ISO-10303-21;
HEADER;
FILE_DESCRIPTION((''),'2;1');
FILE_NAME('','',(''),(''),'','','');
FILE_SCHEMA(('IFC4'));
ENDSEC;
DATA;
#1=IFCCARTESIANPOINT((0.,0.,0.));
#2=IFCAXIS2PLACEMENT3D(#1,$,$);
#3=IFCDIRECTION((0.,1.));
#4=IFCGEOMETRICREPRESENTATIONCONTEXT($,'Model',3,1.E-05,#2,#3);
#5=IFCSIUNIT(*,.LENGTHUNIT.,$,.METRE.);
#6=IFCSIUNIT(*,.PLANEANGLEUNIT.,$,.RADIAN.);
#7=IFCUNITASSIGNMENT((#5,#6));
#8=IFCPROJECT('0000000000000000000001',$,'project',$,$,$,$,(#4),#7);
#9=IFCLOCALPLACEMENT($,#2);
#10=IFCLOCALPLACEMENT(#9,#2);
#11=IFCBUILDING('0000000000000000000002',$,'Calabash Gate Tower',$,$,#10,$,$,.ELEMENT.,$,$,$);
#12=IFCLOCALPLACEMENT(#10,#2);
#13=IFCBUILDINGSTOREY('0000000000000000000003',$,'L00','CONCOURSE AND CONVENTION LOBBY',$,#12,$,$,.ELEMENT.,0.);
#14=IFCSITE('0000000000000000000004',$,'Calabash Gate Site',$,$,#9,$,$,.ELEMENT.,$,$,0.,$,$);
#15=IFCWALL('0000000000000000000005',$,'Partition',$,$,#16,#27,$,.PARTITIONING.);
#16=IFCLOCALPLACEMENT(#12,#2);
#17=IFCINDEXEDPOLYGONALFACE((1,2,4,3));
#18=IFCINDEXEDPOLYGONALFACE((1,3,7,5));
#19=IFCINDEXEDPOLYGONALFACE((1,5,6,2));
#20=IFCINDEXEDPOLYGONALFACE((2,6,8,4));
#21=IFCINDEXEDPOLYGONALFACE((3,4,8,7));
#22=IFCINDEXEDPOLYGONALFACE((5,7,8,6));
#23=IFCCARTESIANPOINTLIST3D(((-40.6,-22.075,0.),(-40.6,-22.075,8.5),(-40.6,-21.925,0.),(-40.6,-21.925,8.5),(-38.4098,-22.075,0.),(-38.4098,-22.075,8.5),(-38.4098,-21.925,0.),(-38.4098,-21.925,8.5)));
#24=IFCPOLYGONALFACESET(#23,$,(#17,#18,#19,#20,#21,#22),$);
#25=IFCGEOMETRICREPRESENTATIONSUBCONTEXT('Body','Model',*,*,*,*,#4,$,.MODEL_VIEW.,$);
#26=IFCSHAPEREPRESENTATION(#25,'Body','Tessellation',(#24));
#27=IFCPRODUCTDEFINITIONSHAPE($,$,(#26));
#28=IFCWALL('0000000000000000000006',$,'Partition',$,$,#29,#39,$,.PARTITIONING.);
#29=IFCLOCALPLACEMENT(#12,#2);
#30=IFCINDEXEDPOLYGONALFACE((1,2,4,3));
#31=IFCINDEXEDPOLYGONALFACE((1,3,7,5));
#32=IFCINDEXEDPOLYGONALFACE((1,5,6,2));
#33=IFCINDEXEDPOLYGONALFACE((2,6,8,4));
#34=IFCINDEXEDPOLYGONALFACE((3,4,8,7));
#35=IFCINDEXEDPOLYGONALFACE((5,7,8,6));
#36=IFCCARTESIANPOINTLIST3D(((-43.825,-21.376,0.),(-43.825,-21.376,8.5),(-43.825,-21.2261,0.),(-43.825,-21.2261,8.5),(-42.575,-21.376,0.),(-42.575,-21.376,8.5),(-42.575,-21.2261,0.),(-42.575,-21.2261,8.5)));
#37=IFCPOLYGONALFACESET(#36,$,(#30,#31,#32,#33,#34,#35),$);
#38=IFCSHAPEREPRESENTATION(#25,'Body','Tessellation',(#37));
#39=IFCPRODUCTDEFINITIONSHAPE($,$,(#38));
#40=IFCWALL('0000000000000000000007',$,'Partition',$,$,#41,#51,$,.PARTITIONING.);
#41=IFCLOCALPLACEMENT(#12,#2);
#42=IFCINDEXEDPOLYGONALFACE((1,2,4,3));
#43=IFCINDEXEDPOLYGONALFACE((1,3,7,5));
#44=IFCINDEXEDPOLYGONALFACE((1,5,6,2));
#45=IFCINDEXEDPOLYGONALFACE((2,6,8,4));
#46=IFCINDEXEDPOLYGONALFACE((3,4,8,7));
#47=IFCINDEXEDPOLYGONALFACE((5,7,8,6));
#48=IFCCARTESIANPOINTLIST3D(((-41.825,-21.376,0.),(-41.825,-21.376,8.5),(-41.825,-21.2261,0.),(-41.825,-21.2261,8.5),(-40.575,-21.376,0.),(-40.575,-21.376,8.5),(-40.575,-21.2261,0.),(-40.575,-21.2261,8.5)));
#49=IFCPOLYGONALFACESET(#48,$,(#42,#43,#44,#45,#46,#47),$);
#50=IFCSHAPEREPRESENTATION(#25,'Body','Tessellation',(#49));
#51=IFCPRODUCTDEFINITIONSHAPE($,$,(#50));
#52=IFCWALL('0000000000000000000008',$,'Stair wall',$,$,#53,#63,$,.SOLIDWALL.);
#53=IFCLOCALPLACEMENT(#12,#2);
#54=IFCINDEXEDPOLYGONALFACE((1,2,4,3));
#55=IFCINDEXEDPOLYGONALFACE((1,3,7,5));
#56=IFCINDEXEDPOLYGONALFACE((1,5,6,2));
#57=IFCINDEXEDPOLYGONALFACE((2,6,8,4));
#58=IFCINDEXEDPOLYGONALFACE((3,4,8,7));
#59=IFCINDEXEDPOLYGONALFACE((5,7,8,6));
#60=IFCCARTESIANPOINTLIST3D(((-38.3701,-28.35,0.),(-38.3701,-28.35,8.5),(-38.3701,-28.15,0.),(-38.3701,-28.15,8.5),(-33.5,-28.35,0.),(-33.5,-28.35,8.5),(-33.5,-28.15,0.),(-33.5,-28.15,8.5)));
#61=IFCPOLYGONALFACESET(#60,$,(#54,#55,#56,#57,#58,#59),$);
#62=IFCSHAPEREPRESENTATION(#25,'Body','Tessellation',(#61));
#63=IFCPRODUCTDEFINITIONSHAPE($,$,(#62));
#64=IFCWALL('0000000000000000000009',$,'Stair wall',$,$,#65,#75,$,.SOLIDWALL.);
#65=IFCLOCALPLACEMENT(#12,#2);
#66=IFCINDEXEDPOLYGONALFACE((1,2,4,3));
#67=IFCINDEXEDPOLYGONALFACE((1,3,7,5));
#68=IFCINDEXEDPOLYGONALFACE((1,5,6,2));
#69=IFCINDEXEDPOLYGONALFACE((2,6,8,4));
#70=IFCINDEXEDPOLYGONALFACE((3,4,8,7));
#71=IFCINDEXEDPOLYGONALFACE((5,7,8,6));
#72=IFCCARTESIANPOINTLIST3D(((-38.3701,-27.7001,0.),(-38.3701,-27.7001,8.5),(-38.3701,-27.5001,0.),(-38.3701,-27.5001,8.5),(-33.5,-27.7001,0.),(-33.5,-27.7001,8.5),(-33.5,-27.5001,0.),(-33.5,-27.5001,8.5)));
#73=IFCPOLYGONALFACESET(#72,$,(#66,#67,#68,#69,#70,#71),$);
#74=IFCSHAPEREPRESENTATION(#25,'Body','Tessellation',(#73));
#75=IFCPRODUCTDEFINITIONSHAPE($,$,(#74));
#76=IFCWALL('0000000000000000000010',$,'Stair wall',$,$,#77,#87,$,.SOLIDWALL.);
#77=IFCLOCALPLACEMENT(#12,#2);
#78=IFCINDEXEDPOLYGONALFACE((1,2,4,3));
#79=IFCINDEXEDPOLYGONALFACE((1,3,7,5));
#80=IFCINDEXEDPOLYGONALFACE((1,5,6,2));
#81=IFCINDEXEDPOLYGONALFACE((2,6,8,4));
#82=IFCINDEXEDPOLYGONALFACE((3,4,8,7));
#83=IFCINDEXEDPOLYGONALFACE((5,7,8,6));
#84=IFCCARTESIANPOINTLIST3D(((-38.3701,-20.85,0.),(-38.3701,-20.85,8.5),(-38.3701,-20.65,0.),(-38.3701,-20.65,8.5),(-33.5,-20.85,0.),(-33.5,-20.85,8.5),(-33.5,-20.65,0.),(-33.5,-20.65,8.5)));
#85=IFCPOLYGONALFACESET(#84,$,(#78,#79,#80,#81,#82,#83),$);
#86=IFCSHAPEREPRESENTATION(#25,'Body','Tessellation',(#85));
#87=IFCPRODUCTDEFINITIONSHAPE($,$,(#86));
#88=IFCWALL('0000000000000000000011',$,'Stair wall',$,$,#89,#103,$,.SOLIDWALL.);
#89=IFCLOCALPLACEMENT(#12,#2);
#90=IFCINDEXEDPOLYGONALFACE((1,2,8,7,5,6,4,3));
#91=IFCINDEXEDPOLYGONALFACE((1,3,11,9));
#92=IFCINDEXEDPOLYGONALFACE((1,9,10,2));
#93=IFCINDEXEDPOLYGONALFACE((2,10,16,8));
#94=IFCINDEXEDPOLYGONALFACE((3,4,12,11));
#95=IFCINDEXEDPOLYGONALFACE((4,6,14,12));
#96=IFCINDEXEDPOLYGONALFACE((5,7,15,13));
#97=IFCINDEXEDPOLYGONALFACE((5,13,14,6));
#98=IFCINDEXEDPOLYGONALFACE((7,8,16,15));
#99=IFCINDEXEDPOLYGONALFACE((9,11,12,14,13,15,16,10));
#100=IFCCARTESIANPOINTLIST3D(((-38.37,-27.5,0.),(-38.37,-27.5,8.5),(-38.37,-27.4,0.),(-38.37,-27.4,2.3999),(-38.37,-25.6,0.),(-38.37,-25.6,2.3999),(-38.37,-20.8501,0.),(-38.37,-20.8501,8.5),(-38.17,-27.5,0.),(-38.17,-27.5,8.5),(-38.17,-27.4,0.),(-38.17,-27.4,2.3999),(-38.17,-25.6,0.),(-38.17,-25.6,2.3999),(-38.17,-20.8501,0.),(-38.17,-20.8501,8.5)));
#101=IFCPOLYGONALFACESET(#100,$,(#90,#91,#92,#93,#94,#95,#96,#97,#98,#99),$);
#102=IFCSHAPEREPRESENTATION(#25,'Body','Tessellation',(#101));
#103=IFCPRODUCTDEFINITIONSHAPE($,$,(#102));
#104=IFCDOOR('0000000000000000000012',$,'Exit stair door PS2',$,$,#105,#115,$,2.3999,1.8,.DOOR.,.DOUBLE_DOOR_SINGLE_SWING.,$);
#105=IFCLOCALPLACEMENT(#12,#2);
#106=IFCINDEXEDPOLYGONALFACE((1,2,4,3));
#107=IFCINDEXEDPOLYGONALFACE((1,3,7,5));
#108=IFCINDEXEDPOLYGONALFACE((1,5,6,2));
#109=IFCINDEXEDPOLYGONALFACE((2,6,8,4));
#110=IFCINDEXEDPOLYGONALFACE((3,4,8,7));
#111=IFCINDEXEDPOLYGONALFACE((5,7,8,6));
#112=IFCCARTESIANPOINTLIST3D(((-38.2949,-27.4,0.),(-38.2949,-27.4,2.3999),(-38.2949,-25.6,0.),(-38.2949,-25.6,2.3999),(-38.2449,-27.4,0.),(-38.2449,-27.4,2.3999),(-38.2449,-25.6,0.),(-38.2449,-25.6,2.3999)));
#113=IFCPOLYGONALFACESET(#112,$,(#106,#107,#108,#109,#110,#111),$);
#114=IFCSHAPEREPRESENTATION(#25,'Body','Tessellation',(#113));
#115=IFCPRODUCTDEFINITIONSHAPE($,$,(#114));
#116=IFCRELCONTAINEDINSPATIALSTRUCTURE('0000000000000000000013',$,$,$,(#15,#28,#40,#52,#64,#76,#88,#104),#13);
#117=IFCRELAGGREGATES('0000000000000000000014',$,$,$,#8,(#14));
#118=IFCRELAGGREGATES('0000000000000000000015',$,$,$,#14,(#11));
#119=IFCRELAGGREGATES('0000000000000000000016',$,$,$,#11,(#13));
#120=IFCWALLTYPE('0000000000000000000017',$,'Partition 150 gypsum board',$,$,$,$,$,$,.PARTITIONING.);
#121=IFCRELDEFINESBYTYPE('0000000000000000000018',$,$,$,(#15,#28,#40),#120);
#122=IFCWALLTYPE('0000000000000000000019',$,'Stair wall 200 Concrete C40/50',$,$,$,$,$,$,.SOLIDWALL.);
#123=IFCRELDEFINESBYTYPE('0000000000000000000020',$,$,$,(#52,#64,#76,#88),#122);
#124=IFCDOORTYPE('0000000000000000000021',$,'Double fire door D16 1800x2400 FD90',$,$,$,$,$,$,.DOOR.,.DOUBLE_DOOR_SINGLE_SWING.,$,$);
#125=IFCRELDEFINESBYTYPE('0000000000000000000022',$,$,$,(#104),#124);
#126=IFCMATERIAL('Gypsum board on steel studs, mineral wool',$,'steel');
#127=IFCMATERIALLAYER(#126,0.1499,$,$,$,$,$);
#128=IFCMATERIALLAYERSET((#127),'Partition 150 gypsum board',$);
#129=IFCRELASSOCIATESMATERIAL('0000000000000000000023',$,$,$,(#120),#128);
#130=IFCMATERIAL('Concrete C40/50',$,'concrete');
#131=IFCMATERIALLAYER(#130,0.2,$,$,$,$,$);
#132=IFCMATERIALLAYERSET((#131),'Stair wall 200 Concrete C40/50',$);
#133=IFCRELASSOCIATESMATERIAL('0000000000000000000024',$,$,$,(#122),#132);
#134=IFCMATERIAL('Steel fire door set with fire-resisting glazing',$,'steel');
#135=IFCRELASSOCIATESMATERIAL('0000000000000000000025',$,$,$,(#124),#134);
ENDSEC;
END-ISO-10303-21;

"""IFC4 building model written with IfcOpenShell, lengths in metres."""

from ifc_helpers import new_model, si_unit, direction, frame, frame_2d, origin, place, context, subcontext, project, spatial, rectangle, extrude, material, layer, layer_set, type_object, element, fill, save


model = new_model("IFC4")

# Units and contexts
model_context = context("Model", 3, precision=1e-05, world=origin(), true_north=direction((0.0, 1.0)))
body_context = subcontext(model_context, "Body", "Model", "MODEL_VIEW")
ifc_project = project(units=[si_unit("LENGTHUNIT", "METRE"), si_unit("PLANEANGLEUNIT", "RADIAN")], contexts=[model_context])

# Site, building, storey
site_placement = place(None, origin())
site = spatial("IfcSite", under=ifc_project, at=site_placement, Name="Calabash Gate Site", CompositionType="ELEMENT", RefElevation=0.0)
building_placement = place(site_placement, origin())
building = spatial("IfcBuilding", under=site, at=building_placement, Name="Calabash Gate Tower", CompositionType="ELEMENT")
storey_placement = place(building_placement, origin())
storey = spatial("IfcBuildingStorey", under=building, at=storey_placement, Name="L00", Description="CONCOURSE AND CONVENTION LOBBY", CompositionType="ELEMENT", Elevation=0.0)

# Walls
ifc_material_1 = material(Name="Gypsum board on steel studs, mineral wool", Category="steel")
ifc_layer_1 = layer(ifc_material_1, 0.1499)
ifc_layer_set_1 = layer_set([ifc_layer_1], Name="Partition 150 gypsum board")
wall_type_1 = type_object("IfcWallType", Name="Partition 150 gypsum board", PredefinedType="PARTITIONING", material=ifc_layer_set_1)
wall_1_placement = place(storey_placement, frame((-40.6001, -22.0, 0.0), z_axis=(0.0, 0.0, 1.0), x_axis=(1.0, 0.0, 0.0)))
element("IfcWall", 1, at=wall_1_placement, inside=storey, type_object=wall_type_1, Name="Partition", PredefinedType="PARTITIONING", context=body_context, shape_type="SweptSolid", body=[
    extrude(rectangle(XDim=2.1902, YDim=0.1499, at=frame_2d((1.0952, 0.0))), origin(), (0.0, 0.0, 1.0), 8.5),
])
for number, where, z_axis, x_axis, name in (
    (2, (-43.825, -21.301, 0.0), (0.0, 0.0, 1.0), (1.0, 0.0, 0.0), "Partition"),
    (3, (-41.825, -21.301, 0.0), (0.0, 0.0, 1.0), (1.0, 0.0, 0.0), "Partition"),
):
    element("IfcWall", number, at=place(storey_placement, frame(where, z_axis=z_axis, x_axis=x_axis)), inside=storey, type_object=wall_type_1, Name=name, PredefinedType="PARTITIONING", context=body_context, shape_type="SweptSolid", body=[
        extrude(rectangle(XDim=1.25, YDim=0.1499, at=frame_2d((0.625, 0.0))), origin(), (0.0, 0.0, 1.0), 8.5),
    ])
ifc_material_2 = material(Name="Concrete C40/50", Category="concrete")
ifc_layer_2 = layer(ifc_material_2, 0.2)
ifc_layer_set_2 = layer_set([ifc_layer_2], Name="Stair wall 200 Concrete C40/50")
wall_type_2 = type_object("IfcWallType", Name="Stair wall 200 Concrete C40/50", PredefinedType="SOLIDWALL", material=ifc_layer_set_2)
for number, where, z_axis, x_axis, name in (
    (4, (-38.3701, -28.25, 0.0), (0.0, 0.0, 1.0), (1.0, 0.0, 0.0), "Stair wall"),
    (5, (-38.3701, -27.6001, 0.0), (0.0, 0.0, 1.0), (1.0, 0.0, 0.0), "Stair wall"),
    (6, (-38.3701, -20.75, 0.0), (0.0, 0.0, 1.0), (1.0, 0.0, 0.0), "Stair wall"),
):
    element("IfcWall", number, at=place(storey_placement, frame(where, z_axis=z_axis, x_axis=x_axis)), inside=storey, type_object=wall_type_2, Name=name, PredefinedType="SOLIDWALL", context=body_context, shape_type="SweptSolid", body=[
        extrude(rectangle(XDim=4.8701, YDim=0.2, at=frame_2d((2.4351, 0.0))), origin(), (0.0, 0.0, 1.0), 8.5),
    ])

# Wall, opening, door
wall_2_placement = place(storey_placement, frame((-38.27, -27.5, 0.0), z_axis=(0.0, 0.0, 1.0), x_axis=(0.0, 1.0, 0.0)))
wall_2 = element("IfcWall", 7, at=wall_2_placement, inside=storey, type_object=wall_type_2, Name="Stair wall", PredefinedType="SOLIDWALL", context=body_context, shape_type="SweptSolid", body=[
    extrude(rectangle(XDim=6.6499, YDim=0.2, at=frame_2d((3.325, 0.0))), origin(), (0.0, 0.0, 1.0), 8.5),
])
opening_placement = place(wall_2_placement, frame((0.1001, 0.0, 0.0)))
opening = element("IfcOpeningElement", 8, at=opening_placement, cuts=wall_2, PredefinedType="OPENING", context=body_context, shape_type="SweptSolid", body=[
    extrude(rectangle(XDim=1.8, YDim=2.3999, at=frame_2d((0.8999, 1.2))), frame((0.0, 0.1099, 0.0), z_axis=(0.0, -1.0, 0.0), x_axis=(1.0, 0.0, 0.0)), (0.0, 0.0, 1.0), 0.22),
])
ifc_material_3 = material(Name="Steel fire door set with fire-resisting glazing", Category="steel")
door_type = type_object("IfcDoorType", Name="Double fire door D16 1800x2400 FD90", OperationType="DOUBLE_DOOR_SINGLE_SWING", PredefinedType="DOOR", material=ifc_material_3)
door_placement = place(opening_placement, origin())
door = element("IfcDoor", 9, at=door_placement, inside=storey, type_object=door_type, Name="Exit stair door PS2", OperationType="DOUBLE_DOOR_SINGLE_SWING", OverallHeight=2.3999, OverallWidth=1.8, PredefinedType="DOOR", context=body_context, shape_type="SweptSolid", body=[
    extrude(rectangle(XDim=1.8, YDim=2.3999, at=frame_2d((0.8999, 1.2))), frame((0.0, 0.0249, 0.0), z_axis=(0.0, -1.0, 0.0), x_axis=(1.0, 0.0, 0.0)), (0.0, 0.0, 1.0), 0.05),
])
fill(opening, door)

save(model, "model.ifc")
